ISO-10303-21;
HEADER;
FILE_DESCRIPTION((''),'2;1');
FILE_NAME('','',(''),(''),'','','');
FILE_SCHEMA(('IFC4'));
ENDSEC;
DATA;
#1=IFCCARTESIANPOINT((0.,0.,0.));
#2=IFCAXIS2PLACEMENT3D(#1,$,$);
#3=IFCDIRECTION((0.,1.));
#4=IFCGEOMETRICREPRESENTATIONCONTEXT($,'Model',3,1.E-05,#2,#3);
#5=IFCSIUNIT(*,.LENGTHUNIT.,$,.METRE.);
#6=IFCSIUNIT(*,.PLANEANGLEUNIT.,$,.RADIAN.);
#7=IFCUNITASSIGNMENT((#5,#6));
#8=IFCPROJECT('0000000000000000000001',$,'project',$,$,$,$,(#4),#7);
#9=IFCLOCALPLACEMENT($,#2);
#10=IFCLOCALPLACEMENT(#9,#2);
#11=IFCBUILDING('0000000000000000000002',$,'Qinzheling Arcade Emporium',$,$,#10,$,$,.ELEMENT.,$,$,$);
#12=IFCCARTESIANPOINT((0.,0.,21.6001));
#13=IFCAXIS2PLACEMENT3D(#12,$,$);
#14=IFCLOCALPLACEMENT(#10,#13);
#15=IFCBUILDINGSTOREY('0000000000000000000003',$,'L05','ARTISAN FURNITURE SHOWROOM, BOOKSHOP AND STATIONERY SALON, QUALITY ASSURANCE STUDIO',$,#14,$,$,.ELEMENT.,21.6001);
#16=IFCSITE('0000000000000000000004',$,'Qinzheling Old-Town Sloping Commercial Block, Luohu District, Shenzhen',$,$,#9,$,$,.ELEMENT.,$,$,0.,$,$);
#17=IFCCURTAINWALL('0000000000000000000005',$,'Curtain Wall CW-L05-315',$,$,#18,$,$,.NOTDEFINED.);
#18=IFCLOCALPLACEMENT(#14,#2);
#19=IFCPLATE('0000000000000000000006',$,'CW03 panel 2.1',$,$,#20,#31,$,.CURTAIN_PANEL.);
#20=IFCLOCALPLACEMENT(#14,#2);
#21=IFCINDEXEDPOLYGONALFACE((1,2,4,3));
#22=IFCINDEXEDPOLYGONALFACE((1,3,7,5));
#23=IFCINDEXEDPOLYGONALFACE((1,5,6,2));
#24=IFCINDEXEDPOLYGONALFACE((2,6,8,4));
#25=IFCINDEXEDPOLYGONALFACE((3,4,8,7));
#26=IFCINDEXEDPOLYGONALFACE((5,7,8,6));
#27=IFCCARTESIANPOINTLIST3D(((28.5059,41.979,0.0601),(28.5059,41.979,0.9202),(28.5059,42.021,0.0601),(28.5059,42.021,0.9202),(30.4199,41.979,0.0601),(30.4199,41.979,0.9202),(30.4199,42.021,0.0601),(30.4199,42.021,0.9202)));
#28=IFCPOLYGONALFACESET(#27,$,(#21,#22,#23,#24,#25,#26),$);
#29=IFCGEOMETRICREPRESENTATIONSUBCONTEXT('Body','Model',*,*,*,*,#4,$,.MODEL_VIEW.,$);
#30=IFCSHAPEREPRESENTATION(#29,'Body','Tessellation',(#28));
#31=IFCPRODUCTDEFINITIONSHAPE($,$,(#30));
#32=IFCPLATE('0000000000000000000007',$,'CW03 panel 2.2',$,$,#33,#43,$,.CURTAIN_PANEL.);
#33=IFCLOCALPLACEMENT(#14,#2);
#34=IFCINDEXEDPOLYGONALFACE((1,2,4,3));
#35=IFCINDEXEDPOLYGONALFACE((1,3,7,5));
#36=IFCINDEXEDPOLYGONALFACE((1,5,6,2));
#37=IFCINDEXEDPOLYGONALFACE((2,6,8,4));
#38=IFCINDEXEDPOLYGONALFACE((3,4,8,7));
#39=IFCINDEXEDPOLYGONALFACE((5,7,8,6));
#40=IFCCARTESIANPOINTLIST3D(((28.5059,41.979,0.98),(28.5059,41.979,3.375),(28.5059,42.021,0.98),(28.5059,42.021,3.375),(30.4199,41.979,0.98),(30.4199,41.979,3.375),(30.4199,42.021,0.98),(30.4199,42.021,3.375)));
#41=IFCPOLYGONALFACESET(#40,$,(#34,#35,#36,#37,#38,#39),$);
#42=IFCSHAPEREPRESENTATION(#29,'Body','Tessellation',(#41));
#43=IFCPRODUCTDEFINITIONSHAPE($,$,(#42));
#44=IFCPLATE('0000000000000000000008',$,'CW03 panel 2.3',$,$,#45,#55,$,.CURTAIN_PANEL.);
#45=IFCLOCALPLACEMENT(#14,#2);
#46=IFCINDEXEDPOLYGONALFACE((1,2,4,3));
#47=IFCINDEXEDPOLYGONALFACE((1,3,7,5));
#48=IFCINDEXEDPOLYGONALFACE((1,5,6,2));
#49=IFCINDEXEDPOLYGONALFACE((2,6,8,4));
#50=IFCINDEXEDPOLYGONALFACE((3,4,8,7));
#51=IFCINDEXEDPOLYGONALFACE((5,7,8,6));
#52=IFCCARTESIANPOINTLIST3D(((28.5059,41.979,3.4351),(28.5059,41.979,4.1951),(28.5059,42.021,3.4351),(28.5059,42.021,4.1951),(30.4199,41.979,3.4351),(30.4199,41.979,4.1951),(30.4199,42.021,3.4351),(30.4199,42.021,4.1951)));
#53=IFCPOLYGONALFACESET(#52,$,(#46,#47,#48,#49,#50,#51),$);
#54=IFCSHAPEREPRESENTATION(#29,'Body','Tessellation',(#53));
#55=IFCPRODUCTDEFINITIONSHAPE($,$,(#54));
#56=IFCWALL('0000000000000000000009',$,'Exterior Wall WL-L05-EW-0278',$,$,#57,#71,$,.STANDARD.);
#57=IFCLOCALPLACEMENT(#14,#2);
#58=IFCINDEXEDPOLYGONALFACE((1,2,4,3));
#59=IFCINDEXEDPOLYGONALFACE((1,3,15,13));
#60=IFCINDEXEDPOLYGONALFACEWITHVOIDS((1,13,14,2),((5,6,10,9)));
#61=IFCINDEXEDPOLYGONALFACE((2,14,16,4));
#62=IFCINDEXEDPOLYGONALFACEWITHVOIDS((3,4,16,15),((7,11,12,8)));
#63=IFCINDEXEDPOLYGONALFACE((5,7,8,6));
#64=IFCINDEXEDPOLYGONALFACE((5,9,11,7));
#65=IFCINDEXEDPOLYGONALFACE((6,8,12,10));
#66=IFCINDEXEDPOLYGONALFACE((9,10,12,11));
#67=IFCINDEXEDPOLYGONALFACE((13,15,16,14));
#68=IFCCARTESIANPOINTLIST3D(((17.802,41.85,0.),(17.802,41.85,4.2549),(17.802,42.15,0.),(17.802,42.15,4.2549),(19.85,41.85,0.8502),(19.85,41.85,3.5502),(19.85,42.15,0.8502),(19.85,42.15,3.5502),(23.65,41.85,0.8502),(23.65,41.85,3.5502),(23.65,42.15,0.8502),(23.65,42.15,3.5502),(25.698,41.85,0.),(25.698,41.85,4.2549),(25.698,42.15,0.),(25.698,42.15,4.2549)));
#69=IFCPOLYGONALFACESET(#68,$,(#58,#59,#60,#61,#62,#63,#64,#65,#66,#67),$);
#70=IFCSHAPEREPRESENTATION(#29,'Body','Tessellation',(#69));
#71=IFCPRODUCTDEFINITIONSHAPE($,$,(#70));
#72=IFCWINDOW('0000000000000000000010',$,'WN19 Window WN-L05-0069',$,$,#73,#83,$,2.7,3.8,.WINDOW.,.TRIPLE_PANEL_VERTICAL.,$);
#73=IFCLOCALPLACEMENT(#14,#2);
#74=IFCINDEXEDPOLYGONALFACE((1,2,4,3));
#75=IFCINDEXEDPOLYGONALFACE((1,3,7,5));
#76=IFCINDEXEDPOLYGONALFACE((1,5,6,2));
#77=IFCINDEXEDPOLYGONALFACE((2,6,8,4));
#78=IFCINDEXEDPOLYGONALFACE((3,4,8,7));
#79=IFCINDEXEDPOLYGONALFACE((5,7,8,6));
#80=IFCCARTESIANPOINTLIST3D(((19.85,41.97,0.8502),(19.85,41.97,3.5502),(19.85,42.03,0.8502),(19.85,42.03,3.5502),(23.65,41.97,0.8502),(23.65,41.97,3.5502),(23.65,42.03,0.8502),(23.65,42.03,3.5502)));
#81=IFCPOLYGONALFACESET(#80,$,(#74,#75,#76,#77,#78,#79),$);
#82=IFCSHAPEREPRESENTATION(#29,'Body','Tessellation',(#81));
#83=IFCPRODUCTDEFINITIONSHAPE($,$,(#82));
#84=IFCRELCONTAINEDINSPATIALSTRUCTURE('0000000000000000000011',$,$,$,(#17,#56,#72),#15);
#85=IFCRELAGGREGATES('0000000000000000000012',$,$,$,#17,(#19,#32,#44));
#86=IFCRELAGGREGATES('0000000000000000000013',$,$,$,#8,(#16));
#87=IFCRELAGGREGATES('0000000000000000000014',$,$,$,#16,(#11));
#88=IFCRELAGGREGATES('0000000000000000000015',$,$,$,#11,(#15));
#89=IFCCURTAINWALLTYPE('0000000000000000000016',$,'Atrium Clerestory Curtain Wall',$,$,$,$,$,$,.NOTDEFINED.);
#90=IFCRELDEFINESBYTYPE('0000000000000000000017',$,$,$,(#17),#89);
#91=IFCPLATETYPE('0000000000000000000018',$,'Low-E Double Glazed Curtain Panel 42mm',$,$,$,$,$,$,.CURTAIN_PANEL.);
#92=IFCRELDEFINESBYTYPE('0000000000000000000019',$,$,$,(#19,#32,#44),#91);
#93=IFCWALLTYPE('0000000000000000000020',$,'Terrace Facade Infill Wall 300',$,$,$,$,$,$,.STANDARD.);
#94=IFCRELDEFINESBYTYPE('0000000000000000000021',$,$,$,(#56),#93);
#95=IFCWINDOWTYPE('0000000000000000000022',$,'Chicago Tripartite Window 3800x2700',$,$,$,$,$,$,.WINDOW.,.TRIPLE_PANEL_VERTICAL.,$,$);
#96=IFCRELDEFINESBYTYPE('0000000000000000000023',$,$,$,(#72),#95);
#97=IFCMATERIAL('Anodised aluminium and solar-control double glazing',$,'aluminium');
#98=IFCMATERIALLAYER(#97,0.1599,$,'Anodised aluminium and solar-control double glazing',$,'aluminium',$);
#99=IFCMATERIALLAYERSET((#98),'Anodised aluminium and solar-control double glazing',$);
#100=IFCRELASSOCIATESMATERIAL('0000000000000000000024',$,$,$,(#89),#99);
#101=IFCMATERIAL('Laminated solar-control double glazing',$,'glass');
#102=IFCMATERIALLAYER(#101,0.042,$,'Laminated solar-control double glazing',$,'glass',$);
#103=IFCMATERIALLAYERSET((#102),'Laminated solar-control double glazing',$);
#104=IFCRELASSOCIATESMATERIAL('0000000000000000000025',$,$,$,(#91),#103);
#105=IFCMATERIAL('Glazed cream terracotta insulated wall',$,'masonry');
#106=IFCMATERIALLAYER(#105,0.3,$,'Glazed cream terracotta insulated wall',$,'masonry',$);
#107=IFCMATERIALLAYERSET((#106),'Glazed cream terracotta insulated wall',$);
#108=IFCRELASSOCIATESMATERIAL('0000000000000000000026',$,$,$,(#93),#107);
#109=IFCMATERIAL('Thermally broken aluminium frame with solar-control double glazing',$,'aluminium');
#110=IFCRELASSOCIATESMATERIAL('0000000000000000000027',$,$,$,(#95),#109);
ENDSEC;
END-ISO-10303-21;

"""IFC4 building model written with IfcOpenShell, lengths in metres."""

from ifc_helpers import new_model, si_unit, direction, frame, frame_2d, origin, origin_2d, place, context, subcontext, project, spatial, rectangle, extrude, material, layer, layer_set, type_object, element, fill, aggregate, save


model = new_model("IFC4")

# Units and contexts
model_context = context("Model", 3, precision=1e-05, world=origin(), true_north=direction((0.0, 1.0)))
body_context = subcontext(model_context, "Body", "Model", "MODEL_VIEW")
ifc_project = project(units=[si_unit("LENGTHUNIT", "METRE"), si_unit("PLANEANGLEUNIT", "RADIAN")], contexts=[model_context])

# Site, building, storey
site_placement = place(None, origin())
site = spatial("IfcSite", under=ifc_project, at=site_placement, Name="Qinzheling Old-Town Sloping Commercial Block, Luohu District, Shenzhen", CompositionType="ELEMENT", RefElevation=0.0)
building_placement = place(site_placement, origin())
building = spatial("IfcBuilding", under=site, at=building_placement, Name="Qinzheling Arcade Emporium", CompositionType="ELEMENT")
storey_placement = place(building_placement, frame((0.0, 0.0, 21.6001)))
storey = spatial("IfcBuildingStorey", under=building, at=storey_placement, Name="L05", Description="ARTISAN FURNITURE SHOWROOM, BOOKSHOP AND STATIONERY SALON, QUALITY ASSURANCE STUDIO", CompositionType="ELEMENT", Elevation=21.6001)

# Curtain wall
ifc_material_1 = material(Name="Anodised aluminium and solar-control double glazing", Category="aluminium")
ifc_layer_1 = layer(ifc_material_1, 0.1599, Name="Anodised aluminium and solar-control double glazing", Category="aluminium")
ifc_layer_set_1 = layer_set([ifc_layer_1], Name="Anodised aluminium and solar-control double glazing")
curtain_wall_type = type_object("IfcCurtainWallType", Name="Atrium Clerestory Curtain Wall", PredefinedType="NOTDEFINED", material=ifc_layer_set_1)
curtain_wall_1_placement = place(storey_placement, origin())
curtain_wall_1 = element("IfcCurtainWall", 1, at=curtain_wall_1_placement, inside=storey, type_object=curtain_wall_type, Name="Curtain Wall CW-L05-315", PredefinedType="NOTDEFINED")

# Plates
ifc_material_2 = material(Name="Laminated solar-control double glazing", Category="glass")
ifc_layer_2 = layer(ifc_material_2, 0.042, Name="Laminated solar-control double glazing", Category="glass")
ifc_layer_set_2 = layer_set([ifc_layer_2], Name="Laminated solar-control double glazing")
plate_type_1 = type_object("IfcPlateType", Name="Low-E Double Glazed Curtain Panel 42mm", PredefinedType="CURTAIN_PANEL", material=ifc_layer_set_2)
plate_1_placement = place(storey_placement, frame((29.4629, 42.0, 0.0601), z_axis=(0.0, 0.0, 1.0), x_axis=(1.0, 0.0, 0.0)))
plate_1 = element("IfcPlate", 2, at=plate_1_placement, type_object=plate_type_1, Name="CW03 panel 2.1", PredefinedType="CURTAIN_PANEL", context=body_context, shape_type="SweptSolid", body=[
    extrude(rectangle(XDim=1.9141, YDim=0.042, at=origin_2d()), origin(), (0.0, 0.0, 1.0), 0.8601),
])
plate_2_placement = place(storey_placement, frame((29.4629, 42.0, 0.98), z_axis=(0.0, 0.0, 1.0), x_axis=(1.0, 0.0, 0.0)))
plate_2 = element("IfcPlate", 3, at=plate_2_placement, type_object=plate_type_1, Name="CW03 panel 2.2", PredefinedType="CURTAIN_PANEL", context=body_context, shape_type="SweptSolid", body=[
    extrude(rectangle(XDim=1.9141, YDim=0.042, at=origin_2d()), origin(), (0.0, 0.0, 1.0), 2.395),
])
plate_3_placement = place(storey_placement, frame((29.4629, 42.0, 3.4351), z_axis=(0.0, 0.0, 1.0), x_axis=(1.0, 0.0, 0.0)))
plate_3 = element("IfcPlate", 4, at=plate_3_placement, type_object=plate_type_1, Name="CW03 panel 2.3", PredefinedType="CURTAIN_PANEL", context=body_context, shape_type="SweptSolid", body=[
    extrude(rectangle(XDim=1.9141, YDim=0.042, at=origin_2d()), origin(), (0.0, 0.0, 1.0), 0.76),
])
aggregate(curtain_wall_1, [plate_1, plate_2, plate_3])

# Wall, opening, window
ifc_material_3 = material(Name="Glazed cream terracotta insulated wall", Category="masonry")
ifc_layer_3 = layer(ifc_material_3, 0.3, Name="Glazed cream terracotta insulated wall", Category="masonry")
ifc_layer_set_3 = layer_set([ifc_layer_3], Name="Glazed cream terracotta insulated wall")
wall_type = type_object("IfcWallType", Name="Terrace Facade Infill Wall 300", PredefinedType="STANDARD", material=ifc_layer_set_3)
wall_placement = place(storey_placement, frame((17.802, 42.0, 0.0), z_axis=(0.0, 0.0, 1.0), x_axis=(1.0, 0.0, 0.0)))
wall = element("IfcWall", 5, at=wall_placement, inside=storey, type_object=wall_type, Name="Exterior Wall WL-L05-EW-0278", PredefinedType="STANDARD", context=body_context, shape_type="SweptSolid", body=[
    extrude(rectangle(XDim=7.896, YDim=0.3, at=frame_2d((3.948, 0.0))), origin(), (0.0, 0.0, 1.0), 4.2549),
])
opening_placement = place(wall_placement, frame((2.0481, 0.0, 0.8501)))
opening = element("IfcOpeningElement", 6, at=opening_placement, cuts=wall, PredefinedType="OPENING", context=body_context, shape_type="SweptSolid", body=[
    extrude(rectangle(XDim=3.8, YDim=2.7, at=frame_2d((1.8999, 1.3501))), frame((0.0, 0.1602, 0.0), z_axis=(0.0, -1.0, 0.0), x_axis=(1.0, 0.0, 0.0)), (0.0, 0.0, 1.0), 0.3201),
])
ifc_material_4 = material(Name="Thermally broken aluminium frame with solar-control double glazing", Category="aluminium")
window_type = type_object("IfcWindowType", Name="Chicago Tripartite Window 3800x2700", PartitioningType="TRIPLE_PANEL_VERTICAL", PredefinedType="WINDOW", material=ifc_material_4)
window_placement = place(opening_placement, origin())
window = element("IfcWindow", 7, at=window_placement, inside=storey, type_object=window_type, Name="WN19 Window WN-L05-0069", OverallHeight=2.7, OverallWidth=3.8, PartitioningType="TRIPLE_PANEL_VERTICAL", PredefinedType="WINDOW", context=body_context, shape_type="SweptSolid", body=[
    extrude(rectangle(XDim=3.8, YDim=2.7, at=frame_2d((1.8999, 1.3501))), frame((0.0, 0.03, 0.0), z_axis=(0.0, -1.0, 0.0), x_axis=(1.0, 0.0, 0.0)), (0.0, 0.0, 1.0), 0.0601),
])
fill(opening, window)

save(model, "model.ifc")
